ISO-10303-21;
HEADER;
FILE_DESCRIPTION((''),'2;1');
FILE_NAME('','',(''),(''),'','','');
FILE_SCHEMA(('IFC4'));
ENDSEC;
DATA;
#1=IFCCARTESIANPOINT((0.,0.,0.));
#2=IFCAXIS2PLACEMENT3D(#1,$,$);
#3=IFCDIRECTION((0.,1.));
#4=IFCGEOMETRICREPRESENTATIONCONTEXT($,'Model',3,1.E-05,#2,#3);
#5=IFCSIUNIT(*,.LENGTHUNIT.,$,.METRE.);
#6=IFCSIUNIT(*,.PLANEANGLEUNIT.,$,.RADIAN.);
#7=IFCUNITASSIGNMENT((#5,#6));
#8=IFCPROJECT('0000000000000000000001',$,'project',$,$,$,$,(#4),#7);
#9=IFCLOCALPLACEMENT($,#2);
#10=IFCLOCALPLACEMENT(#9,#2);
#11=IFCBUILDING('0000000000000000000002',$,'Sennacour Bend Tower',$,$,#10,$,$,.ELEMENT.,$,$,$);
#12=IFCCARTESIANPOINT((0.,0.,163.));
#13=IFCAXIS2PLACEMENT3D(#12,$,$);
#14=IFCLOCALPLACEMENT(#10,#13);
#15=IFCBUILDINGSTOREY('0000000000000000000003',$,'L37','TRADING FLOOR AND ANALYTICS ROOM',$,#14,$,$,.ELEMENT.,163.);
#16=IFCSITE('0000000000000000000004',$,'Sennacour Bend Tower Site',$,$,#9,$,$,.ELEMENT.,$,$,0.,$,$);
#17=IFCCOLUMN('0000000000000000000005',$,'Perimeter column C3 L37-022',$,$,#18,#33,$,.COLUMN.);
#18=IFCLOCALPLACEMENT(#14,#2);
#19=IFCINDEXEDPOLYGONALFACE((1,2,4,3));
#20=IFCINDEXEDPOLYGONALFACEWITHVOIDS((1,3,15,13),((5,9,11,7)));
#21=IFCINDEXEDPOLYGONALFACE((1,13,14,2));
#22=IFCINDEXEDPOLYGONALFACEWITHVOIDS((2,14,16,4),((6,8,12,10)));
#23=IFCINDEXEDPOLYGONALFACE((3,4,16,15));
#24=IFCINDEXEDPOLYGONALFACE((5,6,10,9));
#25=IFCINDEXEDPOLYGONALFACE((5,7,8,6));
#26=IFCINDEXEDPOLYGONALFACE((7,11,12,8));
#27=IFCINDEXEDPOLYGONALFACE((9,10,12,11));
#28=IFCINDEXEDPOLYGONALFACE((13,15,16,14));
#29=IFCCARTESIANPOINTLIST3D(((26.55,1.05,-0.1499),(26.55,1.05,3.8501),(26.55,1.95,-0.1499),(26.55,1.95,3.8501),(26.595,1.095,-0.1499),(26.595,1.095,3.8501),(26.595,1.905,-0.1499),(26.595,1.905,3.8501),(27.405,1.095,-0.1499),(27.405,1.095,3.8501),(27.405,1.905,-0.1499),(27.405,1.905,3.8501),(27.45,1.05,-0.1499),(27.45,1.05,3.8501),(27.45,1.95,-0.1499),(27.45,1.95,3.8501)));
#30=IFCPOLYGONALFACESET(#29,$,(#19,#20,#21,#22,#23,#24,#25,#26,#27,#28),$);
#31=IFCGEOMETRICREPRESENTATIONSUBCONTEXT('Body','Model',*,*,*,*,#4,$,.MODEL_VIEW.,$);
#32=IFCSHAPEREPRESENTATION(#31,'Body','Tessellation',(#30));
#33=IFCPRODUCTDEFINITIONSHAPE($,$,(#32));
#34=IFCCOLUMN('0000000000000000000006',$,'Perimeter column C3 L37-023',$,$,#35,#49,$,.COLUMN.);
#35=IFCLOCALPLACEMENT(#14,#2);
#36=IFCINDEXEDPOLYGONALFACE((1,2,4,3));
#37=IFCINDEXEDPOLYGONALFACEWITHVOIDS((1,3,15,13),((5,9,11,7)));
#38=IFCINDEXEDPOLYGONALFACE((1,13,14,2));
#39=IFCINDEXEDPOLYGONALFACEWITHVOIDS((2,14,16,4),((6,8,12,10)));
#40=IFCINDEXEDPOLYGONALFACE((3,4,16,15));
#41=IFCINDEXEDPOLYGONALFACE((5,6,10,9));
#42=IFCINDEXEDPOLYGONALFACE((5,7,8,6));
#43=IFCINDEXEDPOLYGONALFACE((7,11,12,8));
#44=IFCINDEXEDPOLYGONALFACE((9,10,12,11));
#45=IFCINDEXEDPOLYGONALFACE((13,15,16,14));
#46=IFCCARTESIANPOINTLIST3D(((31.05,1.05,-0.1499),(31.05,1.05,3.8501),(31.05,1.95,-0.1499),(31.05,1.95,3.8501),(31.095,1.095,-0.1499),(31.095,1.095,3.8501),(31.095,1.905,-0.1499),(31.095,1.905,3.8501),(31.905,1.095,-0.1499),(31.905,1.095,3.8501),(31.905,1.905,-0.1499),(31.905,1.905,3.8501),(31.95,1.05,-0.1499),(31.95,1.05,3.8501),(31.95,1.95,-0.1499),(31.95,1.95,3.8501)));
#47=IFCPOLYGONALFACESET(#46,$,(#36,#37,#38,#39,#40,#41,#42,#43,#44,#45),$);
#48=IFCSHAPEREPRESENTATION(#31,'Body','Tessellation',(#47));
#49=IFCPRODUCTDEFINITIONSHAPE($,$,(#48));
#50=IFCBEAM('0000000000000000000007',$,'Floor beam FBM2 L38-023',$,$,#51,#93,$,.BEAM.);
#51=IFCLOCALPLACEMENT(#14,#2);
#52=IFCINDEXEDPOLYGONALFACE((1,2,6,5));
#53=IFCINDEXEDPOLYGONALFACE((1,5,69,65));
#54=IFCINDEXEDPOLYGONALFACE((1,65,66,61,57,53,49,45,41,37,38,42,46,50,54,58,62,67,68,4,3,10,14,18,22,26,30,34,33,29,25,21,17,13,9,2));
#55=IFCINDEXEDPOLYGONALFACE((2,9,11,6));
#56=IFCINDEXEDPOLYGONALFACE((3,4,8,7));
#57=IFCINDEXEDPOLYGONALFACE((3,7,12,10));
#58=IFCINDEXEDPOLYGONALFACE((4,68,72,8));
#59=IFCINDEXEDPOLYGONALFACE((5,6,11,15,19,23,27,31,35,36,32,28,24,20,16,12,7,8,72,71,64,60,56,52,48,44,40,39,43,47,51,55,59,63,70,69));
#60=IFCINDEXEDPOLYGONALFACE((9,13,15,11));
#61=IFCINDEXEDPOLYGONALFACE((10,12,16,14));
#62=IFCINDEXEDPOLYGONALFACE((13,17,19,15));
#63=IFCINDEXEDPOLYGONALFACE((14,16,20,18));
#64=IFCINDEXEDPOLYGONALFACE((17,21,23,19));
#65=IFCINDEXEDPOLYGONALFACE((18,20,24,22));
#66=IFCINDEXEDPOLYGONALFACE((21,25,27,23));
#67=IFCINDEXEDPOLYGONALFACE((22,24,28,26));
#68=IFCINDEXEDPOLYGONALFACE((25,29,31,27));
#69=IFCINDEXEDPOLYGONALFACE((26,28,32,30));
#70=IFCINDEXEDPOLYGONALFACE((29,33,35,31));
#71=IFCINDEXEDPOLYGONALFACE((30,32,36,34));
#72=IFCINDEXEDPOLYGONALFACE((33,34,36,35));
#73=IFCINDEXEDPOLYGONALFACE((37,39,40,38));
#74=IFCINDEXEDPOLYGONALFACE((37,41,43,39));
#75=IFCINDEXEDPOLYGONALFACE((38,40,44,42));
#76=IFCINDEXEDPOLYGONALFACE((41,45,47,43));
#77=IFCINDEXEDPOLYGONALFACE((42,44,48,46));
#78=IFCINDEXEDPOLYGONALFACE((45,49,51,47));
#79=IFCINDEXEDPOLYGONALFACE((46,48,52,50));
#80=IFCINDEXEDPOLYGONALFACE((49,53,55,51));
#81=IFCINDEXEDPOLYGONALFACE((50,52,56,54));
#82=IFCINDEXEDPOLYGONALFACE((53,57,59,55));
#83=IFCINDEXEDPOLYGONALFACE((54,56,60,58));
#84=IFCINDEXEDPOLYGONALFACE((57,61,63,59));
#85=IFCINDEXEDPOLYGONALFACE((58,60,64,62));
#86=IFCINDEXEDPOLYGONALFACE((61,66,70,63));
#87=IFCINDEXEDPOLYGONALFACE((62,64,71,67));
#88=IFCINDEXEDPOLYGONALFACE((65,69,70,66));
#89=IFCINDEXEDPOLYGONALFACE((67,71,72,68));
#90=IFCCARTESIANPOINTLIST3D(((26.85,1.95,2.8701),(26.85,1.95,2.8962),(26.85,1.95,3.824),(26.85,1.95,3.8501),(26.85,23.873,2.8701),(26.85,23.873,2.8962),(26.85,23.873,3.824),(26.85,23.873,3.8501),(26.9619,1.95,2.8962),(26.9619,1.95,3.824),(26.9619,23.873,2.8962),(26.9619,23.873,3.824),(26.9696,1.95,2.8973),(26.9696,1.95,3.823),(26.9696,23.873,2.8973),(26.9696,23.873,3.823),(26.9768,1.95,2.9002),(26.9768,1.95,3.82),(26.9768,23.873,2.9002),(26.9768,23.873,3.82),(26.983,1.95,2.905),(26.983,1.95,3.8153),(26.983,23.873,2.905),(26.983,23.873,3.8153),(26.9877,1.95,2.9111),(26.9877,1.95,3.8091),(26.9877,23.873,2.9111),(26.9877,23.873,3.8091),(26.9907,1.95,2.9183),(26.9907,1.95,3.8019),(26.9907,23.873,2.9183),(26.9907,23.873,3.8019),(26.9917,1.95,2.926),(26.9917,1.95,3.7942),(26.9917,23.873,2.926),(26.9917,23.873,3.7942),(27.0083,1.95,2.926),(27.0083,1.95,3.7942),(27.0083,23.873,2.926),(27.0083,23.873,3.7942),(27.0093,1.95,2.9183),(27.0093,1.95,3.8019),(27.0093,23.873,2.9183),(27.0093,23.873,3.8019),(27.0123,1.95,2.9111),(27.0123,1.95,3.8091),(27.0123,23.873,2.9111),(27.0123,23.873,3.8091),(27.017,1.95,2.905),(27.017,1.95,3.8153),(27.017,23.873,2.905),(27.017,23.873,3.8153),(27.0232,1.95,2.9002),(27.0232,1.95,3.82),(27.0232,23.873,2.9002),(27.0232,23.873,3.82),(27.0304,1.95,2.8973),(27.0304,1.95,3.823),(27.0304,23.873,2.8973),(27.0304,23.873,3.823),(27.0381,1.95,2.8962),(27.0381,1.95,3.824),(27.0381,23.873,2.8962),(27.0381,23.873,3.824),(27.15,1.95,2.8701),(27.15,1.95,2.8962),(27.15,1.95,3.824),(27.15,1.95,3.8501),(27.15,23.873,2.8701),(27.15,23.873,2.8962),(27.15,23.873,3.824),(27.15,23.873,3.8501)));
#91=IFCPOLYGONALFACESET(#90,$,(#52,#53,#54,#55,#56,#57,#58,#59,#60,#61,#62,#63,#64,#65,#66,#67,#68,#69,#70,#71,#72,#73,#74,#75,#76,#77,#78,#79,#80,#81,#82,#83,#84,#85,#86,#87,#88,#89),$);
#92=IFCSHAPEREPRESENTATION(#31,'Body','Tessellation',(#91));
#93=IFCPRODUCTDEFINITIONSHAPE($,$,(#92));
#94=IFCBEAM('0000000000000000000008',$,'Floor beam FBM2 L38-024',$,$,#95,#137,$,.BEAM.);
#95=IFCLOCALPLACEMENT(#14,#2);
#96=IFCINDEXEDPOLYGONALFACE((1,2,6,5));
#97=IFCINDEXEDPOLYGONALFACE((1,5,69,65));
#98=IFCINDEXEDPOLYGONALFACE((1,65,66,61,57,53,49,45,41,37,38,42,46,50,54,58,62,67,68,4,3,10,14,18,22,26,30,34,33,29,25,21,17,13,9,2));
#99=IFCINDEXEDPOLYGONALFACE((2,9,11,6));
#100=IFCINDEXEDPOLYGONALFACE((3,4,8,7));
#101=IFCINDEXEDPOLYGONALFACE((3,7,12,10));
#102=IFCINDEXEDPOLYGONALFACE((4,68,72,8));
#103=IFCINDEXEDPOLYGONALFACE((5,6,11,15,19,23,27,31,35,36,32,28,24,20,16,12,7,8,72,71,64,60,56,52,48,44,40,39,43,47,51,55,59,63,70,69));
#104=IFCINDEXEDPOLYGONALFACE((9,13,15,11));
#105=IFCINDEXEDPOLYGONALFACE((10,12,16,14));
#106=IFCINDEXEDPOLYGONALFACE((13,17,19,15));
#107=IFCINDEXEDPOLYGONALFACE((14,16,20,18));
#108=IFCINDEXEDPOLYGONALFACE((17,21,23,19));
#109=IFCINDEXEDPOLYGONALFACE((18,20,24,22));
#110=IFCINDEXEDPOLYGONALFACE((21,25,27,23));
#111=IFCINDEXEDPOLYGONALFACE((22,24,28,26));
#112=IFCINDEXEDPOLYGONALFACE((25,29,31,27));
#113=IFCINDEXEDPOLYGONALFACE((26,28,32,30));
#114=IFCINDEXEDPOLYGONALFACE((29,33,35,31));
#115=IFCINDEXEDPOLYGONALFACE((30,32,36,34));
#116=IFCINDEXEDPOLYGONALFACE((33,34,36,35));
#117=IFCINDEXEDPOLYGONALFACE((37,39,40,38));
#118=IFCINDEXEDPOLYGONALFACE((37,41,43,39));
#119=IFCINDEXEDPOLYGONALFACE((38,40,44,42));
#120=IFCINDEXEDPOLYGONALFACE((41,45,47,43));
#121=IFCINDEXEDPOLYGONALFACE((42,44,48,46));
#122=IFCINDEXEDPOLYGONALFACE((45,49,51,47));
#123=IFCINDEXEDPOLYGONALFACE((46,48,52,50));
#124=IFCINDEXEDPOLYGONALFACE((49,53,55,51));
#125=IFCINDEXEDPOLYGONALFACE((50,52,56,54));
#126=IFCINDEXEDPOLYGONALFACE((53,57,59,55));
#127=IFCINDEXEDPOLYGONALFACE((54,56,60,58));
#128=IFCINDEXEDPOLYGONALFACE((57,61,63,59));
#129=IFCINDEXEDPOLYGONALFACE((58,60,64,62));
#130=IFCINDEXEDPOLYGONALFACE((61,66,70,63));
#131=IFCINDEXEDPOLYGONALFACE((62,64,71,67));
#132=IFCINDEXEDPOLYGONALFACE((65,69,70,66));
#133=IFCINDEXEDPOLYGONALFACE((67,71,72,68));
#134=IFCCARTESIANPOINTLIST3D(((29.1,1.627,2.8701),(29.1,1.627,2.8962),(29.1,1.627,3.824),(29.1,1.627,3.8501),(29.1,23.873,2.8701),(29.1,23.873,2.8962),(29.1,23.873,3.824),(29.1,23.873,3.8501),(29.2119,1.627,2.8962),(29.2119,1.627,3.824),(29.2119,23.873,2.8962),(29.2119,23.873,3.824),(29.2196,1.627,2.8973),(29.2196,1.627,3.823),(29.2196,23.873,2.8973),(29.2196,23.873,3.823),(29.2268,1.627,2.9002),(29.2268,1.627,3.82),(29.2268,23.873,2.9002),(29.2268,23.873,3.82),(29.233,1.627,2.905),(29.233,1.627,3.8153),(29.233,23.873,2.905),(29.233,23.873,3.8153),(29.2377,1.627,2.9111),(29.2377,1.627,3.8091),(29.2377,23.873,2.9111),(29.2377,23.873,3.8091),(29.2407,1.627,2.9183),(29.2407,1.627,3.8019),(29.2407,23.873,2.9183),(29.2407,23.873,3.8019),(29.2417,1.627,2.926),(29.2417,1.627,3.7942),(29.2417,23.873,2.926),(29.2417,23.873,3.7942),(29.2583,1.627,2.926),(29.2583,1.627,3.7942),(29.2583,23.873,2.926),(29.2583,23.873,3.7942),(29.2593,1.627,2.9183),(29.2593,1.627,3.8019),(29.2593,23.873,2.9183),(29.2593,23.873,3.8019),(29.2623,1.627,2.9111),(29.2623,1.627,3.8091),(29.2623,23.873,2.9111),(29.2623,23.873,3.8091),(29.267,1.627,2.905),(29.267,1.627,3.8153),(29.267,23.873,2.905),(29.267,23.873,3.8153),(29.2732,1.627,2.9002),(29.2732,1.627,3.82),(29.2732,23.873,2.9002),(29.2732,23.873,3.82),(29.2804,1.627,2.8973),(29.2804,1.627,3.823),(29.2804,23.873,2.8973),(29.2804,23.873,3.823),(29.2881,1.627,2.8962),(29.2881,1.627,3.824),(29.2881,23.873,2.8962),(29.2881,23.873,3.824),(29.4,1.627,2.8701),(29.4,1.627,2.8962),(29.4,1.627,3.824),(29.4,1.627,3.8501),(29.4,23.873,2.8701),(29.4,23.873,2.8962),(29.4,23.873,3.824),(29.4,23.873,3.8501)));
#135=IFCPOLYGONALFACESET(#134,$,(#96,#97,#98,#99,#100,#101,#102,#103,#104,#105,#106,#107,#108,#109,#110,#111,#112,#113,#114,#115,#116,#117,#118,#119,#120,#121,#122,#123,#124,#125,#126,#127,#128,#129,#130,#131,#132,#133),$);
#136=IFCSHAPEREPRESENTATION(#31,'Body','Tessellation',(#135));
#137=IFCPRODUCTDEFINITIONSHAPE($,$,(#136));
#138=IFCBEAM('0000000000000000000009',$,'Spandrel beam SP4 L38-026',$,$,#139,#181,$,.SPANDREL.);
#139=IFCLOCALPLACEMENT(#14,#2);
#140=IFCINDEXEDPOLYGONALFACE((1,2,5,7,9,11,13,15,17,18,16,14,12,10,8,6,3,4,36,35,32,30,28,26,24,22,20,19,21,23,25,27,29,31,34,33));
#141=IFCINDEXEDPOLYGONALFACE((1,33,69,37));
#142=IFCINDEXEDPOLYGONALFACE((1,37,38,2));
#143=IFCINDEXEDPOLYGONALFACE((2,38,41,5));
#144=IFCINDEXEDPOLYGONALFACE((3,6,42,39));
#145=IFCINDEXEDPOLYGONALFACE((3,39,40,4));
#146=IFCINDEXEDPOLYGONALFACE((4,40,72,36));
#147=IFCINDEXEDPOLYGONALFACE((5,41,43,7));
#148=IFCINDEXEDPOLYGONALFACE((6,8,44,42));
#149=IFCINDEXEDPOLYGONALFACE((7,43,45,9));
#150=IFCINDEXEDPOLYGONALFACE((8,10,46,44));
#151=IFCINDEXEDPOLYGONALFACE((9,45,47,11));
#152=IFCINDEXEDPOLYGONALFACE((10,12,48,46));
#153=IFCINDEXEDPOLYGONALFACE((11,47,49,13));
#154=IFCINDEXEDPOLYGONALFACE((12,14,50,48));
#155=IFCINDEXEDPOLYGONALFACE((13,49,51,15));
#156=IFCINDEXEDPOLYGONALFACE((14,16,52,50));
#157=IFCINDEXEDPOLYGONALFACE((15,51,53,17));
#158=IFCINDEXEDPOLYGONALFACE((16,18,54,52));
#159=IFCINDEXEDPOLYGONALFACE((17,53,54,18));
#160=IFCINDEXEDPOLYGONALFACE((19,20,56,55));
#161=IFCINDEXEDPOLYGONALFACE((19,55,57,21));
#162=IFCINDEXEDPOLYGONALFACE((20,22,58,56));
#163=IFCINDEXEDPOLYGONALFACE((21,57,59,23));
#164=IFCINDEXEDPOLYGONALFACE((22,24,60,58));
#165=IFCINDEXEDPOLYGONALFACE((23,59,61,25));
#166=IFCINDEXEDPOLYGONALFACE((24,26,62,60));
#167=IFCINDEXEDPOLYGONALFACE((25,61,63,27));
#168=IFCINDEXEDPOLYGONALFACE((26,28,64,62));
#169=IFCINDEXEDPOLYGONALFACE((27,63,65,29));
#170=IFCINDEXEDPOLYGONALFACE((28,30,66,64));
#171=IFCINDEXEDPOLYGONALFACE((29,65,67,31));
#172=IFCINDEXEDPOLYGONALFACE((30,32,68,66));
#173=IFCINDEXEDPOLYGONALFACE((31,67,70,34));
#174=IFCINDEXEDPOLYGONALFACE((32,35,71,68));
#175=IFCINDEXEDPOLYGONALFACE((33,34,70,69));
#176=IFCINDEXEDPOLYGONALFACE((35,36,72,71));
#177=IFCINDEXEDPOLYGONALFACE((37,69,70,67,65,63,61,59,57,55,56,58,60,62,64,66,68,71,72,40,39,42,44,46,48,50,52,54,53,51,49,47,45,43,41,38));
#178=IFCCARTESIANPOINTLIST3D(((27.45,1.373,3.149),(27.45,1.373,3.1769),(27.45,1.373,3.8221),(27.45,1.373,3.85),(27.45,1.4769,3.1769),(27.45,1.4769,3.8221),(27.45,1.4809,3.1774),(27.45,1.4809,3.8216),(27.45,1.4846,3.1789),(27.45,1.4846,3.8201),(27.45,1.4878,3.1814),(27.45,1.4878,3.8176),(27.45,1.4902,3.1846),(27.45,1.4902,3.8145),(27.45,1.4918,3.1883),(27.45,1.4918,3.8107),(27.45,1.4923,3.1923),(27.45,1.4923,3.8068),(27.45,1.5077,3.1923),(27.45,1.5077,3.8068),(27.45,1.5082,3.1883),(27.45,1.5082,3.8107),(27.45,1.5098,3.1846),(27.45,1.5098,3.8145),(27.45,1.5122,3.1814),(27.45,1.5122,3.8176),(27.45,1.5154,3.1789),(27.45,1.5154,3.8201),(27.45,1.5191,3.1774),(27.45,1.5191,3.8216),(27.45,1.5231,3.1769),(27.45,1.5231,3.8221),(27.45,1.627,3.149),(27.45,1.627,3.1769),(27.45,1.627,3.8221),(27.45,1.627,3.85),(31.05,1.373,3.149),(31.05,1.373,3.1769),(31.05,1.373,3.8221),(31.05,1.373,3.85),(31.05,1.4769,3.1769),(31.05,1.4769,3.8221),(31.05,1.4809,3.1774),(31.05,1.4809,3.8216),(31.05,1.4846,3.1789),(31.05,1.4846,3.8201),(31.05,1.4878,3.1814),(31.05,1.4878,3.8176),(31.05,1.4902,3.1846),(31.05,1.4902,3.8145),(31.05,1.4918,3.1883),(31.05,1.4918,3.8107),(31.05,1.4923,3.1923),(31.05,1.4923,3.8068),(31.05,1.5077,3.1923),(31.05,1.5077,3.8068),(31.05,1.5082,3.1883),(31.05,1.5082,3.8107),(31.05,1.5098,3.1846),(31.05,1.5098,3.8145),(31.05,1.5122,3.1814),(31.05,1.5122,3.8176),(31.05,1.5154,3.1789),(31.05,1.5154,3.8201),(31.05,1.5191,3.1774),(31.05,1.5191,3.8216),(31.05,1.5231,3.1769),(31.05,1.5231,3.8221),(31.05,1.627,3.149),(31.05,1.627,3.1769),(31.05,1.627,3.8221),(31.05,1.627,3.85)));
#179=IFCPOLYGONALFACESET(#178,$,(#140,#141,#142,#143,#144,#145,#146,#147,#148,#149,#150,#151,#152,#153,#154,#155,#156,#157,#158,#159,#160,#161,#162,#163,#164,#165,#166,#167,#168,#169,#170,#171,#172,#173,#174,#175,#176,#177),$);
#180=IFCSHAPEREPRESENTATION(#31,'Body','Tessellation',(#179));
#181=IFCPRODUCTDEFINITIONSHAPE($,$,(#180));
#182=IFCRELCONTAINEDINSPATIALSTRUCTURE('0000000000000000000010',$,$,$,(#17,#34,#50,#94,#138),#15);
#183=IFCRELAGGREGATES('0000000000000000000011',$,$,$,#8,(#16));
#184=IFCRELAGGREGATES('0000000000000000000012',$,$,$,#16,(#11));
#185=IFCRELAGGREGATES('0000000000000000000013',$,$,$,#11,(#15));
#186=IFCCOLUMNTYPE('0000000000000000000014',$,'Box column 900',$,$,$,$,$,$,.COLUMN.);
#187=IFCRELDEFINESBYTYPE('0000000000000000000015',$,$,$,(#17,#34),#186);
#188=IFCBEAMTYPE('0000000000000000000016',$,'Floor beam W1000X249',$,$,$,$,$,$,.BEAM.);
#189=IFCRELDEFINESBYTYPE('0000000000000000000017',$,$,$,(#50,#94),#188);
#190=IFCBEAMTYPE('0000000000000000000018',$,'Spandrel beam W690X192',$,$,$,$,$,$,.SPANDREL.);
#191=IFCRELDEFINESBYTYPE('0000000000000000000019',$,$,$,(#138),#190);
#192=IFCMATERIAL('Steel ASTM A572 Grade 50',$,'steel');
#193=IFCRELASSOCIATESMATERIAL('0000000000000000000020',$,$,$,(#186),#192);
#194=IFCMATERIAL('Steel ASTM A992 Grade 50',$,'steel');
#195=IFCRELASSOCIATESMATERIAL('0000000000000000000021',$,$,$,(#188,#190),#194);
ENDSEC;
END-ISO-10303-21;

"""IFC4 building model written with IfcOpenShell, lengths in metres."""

from ifc_helpers import new_model, si_unit, direction, frame, origin, origin_2d, place, context, subcontext, project, spatial, hollow_rectangle, i_section, extrude, material, material_profile, profile_set, type_object, element, save


model = new_model("IFC4")

# Units and contexts
model_context = context("Model", 3, precision=1e-05, world=origin(), true_north=direction((0.0, 1.0)))
body_context = subcontext(model_context, "Body", "Model", "MODEL_VIEW")
ifc_project = project(units=[si_unit("LENGTHUNIT", "METRE"), si_unit("PLANEANGLEUNIT", "RADIAN")], contexts=[model_context])

# Site, building, storey
site_placement = place(None, origin())
site = spatial("IfcSite", under=ifc_project, at=site_placement, Name="Sennacour Bend Tower Site", CompositionType="ELEMENT", RefElevation=0.0)
building_placement = place(site_placement, origin())
building = spatial("IfcBuilding", under=site, at=building_placement, Name="Sennacour Bend Tower", CompositionType="ELEMENT")
storey_placement = place(building_placement, frame((0.0, 0.0, 163.0)))
storey = spatial("IfcBuildingStorey", under=building, at=storey_placement, Name="L37", Description="TRADING FLOOR AND ANALYTICS ROOM", CompositionType="ELEMENT", Elevation=163.0)

# Columns
ifc_material_1 = material(Name="Steel ASTM A572 Grade 50", Category="steel")
ifc_material_profile_1 = material_profile(ifc_material_1, hollow_rectangle(XDim=0.8999, YDim=0.8999, WallThickness=0.0449, at=origin_2d()), Name="Steel ASTM A572 Grade 50", Category="steel")
ifc_profile_set_1 = profile_set([ifc_material_profile_1], Name="Steel ASTM A572 Grade 50")
column_type = type_object("IfcColumnType", Name="Box column 900", PredefinedType="COLUMN", material=ifc_profile_set_1)
for number, where, z_axis, x_axis, name in (
    (1, (27.0, 1.5, -0.1499), (0.0, 0.0, 1.0), (1.0, 0.0, 0.0), "Perimeter column C3 L37-022"),
    (2, (31.5, 1.5, -0.1499), (0.0, 0.0, 1.0), (1.0, 0.0, 0.0), "Perimeter column C3 L37-023"),
):
    element("IfcColumn", number, at=place(storey_placement, frame(where, z_axis=z_axis, x_axis=x_axis)), inside=storey, type_object=column_type, Name=name, PredefinedType="COLUMN", context=body_context, shape_type="SweptSolid", body=[
        extrude(hollow_rectangle(XDim=0.8999, YDim=0.8999, WallThickness=0.0449, at=origin_2d()), origin(), (0.0, 0.0, 1.0), 4.0),
    ])

# Beams
ifc_material_2 = material(Name="Steel ASTM A992 Grade 50", Category="steel")
ifc_material_profile_2 = material_profile(ifc_material_2, i_section(OverallWidth=0.3, OverallDepth=0.98, WebThickness=0.0166, FlangeThickness=0.0261, FilletRadius=0.0298, at=origin_2d()), Name="Steel ASTM A992 Grade 50", Category="steel")
ifc_profile_set_2 = profile_set([ifc_material_profile_2], Name="Steel ASTM A992 Grade 50")
beam_type_1 = type_object("IfcBeamType", Name="Floor beam W1000X249", PredefinedType="BEAM", material=ifc_profile_set_2)
beam_1_placement = place(storey_placement, frame((27.0, 1.95, 3.3601), z_axis=(0.0, 1.0, 0.0), x_axis=(-1.0, 0.0, 0.0)))
element("IfcBeam", 3, at=beam_1_placement, inside=storey, type_object=beam_type_1, Name="Floor beam FBM2 L38-023", PredefinedType="BEAM", context=body_context, shape_type="SweptSolid", body=[
    extrude(i_section(OverallWidth=0.3, OverallDepth=0.98, WebThickness=0.0166, FlangeThickness=0.0261, FilletRadius=0.0298, at=origin_2d()), origin(), (0.0, 0.0, 1.0), 21.9231),
])
beam_2_placement = place(storey_placement, frame((29.25, 1.627, 3.3601), z_axis=(0.0, 1.0, 0.0), x_axis=(-1.0, 0.0, 0.0)))
element("IfcBeam", 4, at=beam_2_placement, inside=storey, type_object=beam_type_1, Name="Floor beam FBM2 L38-024", PredefinedType="BEAM", context=body_context, shape_type="SweptSolid", body=[
    extrude(i_section(OverallWidth=0.3, OverallDepth=0.98, WebThickness=0.0166, FlangeThickness=0.0261, FilletRadius=0.0298, at=origin_2d()), origin(), (0.0, 0.0, 1.0), 22.2461),
])
ifc_material_profile_3 = material_profile(ifc_material_2, i_section(OverallWidth=0.2539, OverallDepth=0.7009, WebThickness=0.0154, FlangeThickness=0.0278, FilletRadius=0.0154, at=origin_2d()), Name="Steel ASTM A992 Grade 50", Category="steel")
ifc_profile_set_3 = profile_set([ifc_material_profile_3], Name="Steel ASTM A992 Grade 50")
beam_type_2 = type_object("IfcBeamType", Name="Spandrel beam W690X192", PredefinedType="SPANDREL", material=ifc_profile_set_3)
for number, where, z_axis, x_axis, name in (
    (5, (31.05, 1.5, 3.4995), (-1.0, 0.0, 0.0), (0.0, -1.0, 0.0), "Spandrel beam SP4 L38-026"),
):
    element("IfcBeam", number, at=place(storey_placement, frame(where, z_axis=z_axis, x_axis=x_axis)), inside=storey, type_object=beam_type_2, Name=name, PredefinedType="SPANDREL", context=body_context, shape_type="SweptSolid", body=[
        extrude(i_section(OverallWidth=0.2539, OverallDepth=0.7009, WebThickness=0.0154, FlangeThickness=0.0278, FilletRadius=0.0154, at=origin_2d()), origin(), (0.0, 0.0, 1.0), 3.6001),
    ])

save(model, "model.ifc")
